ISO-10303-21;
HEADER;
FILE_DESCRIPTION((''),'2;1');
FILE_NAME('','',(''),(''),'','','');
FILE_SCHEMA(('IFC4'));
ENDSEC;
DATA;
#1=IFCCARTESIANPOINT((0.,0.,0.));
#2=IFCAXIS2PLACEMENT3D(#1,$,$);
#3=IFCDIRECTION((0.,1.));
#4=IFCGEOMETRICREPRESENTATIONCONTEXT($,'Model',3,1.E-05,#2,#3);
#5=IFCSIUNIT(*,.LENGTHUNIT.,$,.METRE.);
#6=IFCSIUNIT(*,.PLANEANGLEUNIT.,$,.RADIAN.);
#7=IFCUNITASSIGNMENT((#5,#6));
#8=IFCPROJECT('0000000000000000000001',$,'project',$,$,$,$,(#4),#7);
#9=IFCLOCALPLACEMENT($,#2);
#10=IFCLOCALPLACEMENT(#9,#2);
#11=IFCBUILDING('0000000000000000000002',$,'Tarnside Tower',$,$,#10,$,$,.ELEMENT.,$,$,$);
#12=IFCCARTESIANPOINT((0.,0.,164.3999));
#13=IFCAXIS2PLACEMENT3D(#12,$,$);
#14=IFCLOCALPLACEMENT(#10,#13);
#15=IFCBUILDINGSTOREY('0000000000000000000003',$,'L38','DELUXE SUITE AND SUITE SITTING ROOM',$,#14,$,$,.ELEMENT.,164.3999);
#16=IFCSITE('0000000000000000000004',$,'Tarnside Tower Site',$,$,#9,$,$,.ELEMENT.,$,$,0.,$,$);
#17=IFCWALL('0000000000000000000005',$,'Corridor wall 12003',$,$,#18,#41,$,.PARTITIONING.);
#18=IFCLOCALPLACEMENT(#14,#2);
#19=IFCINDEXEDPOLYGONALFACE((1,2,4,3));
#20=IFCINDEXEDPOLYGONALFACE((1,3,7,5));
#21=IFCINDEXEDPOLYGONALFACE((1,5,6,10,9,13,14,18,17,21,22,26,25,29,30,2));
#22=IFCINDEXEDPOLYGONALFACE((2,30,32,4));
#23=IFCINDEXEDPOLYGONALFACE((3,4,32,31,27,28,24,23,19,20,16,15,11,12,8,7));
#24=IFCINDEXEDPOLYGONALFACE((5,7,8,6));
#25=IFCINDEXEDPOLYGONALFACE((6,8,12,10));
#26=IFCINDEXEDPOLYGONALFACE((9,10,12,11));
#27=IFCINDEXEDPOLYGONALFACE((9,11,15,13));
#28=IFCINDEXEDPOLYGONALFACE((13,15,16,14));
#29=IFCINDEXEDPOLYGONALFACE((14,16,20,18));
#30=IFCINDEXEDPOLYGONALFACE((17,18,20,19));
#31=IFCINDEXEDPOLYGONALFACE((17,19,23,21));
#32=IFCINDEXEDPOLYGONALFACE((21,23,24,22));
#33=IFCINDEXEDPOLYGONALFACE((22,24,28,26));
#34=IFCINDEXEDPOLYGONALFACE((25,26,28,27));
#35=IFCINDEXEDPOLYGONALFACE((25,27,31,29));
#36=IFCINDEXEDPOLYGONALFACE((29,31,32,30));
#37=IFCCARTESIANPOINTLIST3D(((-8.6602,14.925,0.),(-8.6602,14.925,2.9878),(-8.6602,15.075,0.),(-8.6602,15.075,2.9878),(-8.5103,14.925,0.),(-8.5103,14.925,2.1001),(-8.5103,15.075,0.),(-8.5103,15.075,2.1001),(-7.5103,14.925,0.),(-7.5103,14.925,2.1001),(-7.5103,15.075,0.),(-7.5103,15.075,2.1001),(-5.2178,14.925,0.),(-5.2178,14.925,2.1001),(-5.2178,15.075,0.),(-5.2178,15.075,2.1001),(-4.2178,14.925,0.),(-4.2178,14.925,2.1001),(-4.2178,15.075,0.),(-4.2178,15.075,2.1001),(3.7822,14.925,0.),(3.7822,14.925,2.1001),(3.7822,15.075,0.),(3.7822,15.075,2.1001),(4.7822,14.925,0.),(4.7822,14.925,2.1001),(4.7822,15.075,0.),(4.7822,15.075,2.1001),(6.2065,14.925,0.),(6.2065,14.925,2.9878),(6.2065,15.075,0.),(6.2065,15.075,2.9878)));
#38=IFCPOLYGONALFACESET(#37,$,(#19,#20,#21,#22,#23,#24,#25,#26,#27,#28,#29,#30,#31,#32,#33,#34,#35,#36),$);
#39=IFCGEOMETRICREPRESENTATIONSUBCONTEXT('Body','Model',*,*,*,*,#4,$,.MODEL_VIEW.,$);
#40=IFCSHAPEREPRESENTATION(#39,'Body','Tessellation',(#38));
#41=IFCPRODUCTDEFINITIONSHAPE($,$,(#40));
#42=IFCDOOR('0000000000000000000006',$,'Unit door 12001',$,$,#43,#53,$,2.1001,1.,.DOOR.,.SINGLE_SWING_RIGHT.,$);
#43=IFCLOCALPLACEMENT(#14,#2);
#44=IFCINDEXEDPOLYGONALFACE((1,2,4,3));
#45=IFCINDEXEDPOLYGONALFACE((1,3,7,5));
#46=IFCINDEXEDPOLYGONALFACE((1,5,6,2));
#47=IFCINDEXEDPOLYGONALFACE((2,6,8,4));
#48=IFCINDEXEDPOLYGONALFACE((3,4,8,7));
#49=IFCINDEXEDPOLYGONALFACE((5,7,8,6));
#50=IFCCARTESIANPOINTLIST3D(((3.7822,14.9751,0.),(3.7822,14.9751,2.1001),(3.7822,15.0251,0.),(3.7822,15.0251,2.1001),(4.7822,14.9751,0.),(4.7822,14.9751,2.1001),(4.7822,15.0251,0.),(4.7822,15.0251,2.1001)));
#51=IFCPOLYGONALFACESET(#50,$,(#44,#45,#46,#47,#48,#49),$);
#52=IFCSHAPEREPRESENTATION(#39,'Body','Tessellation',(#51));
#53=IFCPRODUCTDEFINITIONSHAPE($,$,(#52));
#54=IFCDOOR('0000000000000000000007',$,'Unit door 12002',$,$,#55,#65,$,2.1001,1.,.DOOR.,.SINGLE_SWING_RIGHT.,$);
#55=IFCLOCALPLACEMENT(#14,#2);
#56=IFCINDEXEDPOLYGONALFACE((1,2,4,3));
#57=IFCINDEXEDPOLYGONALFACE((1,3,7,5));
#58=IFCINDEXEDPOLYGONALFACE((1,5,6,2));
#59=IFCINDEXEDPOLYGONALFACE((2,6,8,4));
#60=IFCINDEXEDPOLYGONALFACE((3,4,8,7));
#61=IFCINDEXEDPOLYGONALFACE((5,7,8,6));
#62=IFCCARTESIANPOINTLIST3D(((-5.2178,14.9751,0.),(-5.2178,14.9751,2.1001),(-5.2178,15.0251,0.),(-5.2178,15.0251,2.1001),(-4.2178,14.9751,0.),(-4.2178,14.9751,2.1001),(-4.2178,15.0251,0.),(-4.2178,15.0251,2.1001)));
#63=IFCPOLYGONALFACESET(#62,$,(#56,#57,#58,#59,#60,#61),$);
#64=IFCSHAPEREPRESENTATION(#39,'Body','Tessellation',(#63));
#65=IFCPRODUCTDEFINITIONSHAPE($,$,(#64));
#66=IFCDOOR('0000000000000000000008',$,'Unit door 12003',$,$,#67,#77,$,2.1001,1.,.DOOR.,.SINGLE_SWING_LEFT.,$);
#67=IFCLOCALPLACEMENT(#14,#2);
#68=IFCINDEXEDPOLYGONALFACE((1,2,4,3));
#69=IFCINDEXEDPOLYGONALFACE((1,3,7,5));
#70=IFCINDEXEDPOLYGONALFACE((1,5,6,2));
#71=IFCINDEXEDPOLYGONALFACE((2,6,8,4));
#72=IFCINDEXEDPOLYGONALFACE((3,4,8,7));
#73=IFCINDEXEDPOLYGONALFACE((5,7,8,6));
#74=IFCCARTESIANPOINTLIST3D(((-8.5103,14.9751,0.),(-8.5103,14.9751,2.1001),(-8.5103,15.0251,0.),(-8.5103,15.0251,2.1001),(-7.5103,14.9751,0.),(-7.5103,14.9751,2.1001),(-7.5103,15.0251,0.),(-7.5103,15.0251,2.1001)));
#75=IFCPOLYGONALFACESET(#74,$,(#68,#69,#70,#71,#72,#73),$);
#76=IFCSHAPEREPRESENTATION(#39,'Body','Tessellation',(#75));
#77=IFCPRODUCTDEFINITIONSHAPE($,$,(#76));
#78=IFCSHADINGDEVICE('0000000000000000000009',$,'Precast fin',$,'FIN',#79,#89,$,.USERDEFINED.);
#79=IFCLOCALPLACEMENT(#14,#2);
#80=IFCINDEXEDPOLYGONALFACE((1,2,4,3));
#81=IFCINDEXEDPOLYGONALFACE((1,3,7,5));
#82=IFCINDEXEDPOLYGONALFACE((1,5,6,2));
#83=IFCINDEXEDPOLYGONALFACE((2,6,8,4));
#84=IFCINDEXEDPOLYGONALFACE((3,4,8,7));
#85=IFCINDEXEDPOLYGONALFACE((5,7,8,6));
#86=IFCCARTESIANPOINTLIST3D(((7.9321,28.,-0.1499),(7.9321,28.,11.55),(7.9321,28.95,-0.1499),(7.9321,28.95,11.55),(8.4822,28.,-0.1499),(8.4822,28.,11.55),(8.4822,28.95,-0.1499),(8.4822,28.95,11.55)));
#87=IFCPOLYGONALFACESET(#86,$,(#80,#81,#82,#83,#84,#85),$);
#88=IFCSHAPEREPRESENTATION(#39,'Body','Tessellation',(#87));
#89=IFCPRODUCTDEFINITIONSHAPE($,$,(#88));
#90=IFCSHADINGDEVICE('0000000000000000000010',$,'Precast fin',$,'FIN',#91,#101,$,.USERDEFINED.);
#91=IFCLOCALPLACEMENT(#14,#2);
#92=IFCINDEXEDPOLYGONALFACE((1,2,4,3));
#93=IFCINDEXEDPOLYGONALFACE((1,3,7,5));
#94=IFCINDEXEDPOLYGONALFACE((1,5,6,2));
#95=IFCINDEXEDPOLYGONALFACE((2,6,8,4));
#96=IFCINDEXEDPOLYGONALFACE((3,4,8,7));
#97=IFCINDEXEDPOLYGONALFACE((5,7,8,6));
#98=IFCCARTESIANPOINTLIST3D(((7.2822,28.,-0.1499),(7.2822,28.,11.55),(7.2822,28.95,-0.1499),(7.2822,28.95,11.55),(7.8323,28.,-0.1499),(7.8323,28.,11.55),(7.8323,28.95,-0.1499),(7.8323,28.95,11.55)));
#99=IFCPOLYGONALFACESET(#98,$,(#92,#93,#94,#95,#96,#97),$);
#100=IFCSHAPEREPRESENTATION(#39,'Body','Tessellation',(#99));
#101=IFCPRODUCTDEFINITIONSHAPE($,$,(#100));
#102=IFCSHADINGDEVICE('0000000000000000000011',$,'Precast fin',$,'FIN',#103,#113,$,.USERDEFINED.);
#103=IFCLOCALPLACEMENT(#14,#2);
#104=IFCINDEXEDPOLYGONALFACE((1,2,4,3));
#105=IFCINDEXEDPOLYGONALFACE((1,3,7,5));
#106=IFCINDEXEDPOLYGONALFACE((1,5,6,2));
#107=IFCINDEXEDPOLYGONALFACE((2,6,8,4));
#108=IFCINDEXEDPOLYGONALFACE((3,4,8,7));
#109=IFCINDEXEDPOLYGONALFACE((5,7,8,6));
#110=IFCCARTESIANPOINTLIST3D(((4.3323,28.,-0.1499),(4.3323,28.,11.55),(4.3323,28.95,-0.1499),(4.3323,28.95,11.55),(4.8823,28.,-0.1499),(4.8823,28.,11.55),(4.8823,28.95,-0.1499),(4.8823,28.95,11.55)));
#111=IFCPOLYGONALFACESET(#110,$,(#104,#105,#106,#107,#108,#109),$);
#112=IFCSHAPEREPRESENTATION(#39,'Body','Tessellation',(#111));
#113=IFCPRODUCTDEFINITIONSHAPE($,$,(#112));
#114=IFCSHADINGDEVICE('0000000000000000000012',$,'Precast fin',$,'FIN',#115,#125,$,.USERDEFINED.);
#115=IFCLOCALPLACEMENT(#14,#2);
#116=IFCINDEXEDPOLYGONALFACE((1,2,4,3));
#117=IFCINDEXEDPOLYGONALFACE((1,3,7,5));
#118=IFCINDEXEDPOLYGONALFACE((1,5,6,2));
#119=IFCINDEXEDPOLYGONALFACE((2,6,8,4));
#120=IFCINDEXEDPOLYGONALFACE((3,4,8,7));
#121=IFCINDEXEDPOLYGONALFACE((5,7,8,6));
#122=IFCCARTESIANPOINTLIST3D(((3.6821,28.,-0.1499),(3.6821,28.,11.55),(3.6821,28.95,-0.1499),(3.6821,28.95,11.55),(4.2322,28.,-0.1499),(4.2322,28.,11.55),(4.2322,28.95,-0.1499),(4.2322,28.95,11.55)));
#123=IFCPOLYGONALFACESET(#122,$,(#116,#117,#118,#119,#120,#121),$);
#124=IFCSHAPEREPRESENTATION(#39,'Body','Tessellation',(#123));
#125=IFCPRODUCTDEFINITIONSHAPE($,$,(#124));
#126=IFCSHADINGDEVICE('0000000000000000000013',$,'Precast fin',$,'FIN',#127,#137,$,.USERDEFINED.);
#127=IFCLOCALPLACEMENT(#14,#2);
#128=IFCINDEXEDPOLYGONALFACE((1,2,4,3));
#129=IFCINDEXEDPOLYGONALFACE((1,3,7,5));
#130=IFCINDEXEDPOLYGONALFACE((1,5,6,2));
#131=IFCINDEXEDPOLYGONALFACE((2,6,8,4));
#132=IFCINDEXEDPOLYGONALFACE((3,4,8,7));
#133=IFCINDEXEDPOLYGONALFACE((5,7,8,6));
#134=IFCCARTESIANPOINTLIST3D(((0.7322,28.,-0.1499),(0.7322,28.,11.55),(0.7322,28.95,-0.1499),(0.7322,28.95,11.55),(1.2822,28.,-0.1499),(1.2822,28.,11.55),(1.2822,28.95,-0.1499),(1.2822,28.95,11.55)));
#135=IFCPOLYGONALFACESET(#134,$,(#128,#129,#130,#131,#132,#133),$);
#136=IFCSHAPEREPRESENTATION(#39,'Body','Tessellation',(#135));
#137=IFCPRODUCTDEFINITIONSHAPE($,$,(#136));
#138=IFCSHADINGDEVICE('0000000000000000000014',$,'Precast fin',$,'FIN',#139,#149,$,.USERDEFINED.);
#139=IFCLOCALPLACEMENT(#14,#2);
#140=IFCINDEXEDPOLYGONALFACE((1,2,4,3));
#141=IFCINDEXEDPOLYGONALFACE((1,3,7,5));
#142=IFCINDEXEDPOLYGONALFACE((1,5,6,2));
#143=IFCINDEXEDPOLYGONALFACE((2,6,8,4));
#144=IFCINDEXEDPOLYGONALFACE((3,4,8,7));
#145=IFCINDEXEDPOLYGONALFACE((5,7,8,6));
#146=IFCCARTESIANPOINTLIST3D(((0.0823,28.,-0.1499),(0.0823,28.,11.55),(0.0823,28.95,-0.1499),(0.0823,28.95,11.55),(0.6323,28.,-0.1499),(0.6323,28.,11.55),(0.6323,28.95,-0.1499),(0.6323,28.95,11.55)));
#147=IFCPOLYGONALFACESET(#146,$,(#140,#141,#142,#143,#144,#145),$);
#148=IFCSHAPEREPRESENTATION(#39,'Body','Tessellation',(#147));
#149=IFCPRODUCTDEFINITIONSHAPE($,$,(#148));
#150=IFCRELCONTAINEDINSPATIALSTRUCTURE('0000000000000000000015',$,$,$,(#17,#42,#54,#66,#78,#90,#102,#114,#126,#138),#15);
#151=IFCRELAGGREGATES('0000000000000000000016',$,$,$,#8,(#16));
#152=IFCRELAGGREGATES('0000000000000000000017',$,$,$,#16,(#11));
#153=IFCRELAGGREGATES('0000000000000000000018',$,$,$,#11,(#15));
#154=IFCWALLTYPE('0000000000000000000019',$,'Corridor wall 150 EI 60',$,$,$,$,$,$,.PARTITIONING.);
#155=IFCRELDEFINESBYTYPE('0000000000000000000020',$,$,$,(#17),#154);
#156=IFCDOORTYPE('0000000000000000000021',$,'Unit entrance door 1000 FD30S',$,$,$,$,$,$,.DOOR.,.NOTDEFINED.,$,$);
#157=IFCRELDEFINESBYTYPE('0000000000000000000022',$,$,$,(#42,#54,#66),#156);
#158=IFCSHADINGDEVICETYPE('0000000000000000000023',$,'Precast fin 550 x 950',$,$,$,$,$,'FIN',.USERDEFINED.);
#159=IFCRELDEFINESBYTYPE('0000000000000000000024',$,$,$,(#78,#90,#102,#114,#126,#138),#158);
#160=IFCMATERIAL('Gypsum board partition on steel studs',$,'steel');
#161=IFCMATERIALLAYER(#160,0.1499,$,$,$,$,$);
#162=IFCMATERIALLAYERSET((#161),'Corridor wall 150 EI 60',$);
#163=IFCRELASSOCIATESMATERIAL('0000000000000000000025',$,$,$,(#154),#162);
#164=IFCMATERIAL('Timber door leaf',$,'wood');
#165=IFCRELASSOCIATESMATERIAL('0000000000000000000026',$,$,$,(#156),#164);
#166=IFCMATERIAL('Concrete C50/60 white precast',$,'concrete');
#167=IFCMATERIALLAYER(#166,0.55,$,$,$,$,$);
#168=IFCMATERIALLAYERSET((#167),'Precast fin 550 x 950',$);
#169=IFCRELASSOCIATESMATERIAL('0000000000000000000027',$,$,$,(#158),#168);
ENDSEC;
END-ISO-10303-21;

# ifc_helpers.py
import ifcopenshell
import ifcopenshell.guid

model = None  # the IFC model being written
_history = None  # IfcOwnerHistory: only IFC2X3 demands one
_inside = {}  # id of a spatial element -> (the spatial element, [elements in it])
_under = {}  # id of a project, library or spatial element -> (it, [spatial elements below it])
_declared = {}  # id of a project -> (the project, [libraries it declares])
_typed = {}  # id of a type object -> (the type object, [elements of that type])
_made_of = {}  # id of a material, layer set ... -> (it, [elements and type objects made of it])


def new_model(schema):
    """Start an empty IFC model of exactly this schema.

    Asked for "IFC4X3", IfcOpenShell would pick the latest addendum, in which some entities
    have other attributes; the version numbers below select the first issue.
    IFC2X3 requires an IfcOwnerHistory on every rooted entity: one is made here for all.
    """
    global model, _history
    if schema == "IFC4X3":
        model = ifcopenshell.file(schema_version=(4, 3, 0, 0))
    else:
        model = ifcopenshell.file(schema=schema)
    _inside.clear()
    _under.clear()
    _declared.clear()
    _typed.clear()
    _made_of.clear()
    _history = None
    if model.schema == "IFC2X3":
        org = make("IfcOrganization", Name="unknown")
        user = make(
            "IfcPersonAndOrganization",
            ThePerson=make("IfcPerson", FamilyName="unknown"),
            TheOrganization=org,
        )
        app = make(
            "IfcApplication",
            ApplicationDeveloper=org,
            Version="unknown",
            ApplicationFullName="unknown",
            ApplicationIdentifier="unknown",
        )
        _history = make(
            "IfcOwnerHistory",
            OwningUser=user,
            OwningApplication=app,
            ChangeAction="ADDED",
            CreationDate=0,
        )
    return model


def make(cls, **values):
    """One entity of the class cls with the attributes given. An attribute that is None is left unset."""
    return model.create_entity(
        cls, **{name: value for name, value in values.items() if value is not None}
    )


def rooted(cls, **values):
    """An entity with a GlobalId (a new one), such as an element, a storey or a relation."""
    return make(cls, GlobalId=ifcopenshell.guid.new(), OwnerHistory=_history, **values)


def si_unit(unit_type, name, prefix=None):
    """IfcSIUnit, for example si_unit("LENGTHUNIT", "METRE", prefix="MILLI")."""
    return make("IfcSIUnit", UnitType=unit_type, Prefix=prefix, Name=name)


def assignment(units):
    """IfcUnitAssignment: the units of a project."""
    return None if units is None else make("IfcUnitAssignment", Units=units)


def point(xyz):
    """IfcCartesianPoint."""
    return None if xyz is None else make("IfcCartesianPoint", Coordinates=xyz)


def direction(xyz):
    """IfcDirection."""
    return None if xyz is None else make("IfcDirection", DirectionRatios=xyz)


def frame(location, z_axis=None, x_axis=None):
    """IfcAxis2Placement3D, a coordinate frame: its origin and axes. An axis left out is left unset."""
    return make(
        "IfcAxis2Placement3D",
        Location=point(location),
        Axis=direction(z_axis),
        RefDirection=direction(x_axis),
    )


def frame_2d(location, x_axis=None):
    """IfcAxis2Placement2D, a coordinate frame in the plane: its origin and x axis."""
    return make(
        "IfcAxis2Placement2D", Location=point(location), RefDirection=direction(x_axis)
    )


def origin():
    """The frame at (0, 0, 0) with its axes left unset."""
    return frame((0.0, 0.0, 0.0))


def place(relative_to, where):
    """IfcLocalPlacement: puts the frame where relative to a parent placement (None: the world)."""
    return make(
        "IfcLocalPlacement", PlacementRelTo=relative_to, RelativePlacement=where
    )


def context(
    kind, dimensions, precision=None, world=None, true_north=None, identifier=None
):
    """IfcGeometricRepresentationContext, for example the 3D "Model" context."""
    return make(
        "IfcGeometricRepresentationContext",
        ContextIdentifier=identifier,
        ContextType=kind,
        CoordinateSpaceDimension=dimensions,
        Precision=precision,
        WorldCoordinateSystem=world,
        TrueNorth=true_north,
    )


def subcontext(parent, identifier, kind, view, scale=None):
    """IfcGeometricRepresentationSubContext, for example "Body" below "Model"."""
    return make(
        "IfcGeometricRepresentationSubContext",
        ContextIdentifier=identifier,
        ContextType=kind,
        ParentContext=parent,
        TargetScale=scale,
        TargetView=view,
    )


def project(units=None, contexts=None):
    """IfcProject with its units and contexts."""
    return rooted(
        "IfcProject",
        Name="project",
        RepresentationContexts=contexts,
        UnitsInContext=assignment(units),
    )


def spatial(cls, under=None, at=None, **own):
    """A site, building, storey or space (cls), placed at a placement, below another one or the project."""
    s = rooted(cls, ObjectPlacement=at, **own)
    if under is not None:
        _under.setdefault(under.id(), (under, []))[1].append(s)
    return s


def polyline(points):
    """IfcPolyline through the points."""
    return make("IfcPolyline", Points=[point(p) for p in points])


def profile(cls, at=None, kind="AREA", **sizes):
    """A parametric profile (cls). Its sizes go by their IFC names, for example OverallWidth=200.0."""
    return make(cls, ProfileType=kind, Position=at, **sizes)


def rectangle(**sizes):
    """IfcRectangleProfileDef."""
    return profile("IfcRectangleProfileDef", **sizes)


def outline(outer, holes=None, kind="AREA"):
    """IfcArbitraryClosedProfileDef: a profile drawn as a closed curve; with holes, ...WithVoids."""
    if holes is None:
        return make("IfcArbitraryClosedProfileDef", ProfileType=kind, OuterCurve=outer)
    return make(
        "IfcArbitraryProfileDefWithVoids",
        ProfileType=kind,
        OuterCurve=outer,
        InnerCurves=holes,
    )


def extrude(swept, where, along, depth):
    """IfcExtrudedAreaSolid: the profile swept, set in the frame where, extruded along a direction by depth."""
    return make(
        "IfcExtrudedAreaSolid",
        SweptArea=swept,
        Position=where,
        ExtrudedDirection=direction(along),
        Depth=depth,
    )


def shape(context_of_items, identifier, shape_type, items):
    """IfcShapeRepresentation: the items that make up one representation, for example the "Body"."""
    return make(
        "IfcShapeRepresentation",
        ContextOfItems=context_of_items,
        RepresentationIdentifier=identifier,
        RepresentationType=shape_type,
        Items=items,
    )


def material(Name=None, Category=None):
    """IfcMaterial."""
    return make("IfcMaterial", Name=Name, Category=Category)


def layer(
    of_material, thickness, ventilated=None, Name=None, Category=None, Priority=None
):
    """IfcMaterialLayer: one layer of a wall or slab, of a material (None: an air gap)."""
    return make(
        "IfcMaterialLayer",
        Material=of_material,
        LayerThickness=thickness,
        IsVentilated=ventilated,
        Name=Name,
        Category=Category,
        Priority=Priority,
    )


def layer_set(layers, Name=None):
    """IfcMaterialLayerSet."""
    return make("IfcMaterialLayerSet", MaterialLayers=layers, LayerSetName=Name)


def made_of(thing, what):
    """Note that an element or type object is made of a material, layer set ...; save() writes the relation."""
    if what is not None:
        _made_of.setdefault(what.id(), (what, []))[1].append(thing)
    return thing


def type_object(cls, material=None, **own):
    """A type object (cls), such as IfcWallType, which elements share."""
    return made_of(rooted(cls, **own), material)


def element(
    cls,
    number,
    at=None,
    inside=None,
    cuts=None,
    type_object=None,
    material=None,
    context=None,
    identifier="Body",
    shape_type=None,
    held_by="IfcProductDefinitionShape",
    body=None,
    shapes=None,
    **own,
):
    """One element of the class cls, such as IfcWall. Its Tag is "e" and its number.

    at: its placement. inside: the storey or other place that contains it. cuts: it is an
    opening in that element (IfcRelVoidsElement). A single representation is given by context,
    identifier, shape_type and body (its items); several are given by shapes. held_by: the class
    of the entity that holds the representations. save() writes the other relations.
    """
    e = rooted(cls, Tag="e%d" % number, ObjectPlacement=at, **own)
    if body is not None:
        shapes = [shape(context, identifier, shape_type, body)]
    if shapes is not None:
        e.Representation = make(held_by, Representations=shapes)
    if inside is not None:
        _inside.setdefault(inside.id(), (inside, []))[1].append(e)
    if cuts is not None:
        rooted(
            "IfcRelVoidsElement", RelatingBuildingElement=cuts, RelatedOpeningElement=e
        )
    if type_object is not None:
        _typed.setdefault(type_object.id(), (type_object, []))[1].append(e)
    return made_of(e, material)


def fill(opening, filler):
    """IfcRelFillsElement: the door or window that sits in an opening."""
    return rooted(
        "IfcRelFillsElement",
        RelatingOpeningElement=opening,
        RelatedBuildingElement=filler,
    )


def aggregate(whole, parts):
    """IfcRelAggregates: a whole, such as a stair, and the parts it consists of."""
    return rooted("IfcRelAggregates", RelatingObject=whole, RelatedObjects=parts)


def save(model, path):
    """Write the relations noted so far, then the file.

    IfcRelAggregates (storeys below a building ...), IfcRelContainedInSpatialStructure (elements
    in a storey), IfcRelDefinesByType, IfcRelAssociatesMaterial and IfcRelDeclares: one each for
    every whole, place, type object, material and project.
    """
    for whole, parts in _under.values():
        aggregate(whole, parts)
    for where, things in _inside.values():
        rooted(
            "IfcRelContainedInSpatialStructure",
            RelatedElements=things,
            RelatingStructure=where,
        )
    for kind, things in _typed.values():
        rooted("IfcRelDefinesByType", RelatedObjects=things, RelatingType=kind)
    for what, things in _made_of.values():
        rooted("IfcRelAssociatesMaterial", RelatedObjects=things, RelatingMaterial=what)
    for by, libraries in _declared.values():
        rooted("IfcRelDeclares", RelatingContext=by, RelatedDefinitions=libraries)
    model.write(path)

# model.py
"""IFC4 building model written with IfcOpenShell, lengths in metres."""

from ifc_helpers import new_model, si_unit, direction, frame, frame_2d, origin, place, context, subcontext, project, spatial, polyline, rectangle, outline, extrude, material, layer, layer_set, type_object, element, fill, save


model = new_model("IFC4")

# Units and contexts
model_context = context("Model", 3, precision=1e-05, world=origin(), true_north=direction((0.0, 1.0)))
body_context = subcontext(model_context, "Body", "Model", "MODEL_VIEW")
ifc_project = project(units=[si_unit("LENGTHUNIT", "METRE"), si_unit("PLANEANGLEUNIT", "RADIAN")], contexts=[model_context])

# Site, building, storey
site_placement = place(None, origin())
site = spatial("IfcSite", under=ifc_project, at=site_placement, Name="Tarnside Tower Site", CompositionType="ELEMENT", RefElevation=0.0)
building_placement = place(site_placement, origin())
building = spatial("IfcBuilding", under=site, at=building_placement, Name="Tarnside Tower", CompositionType="ELEMENT")
storey_placement = place(building_placement, frame((0.0, 0.0, 164.3999)))
storey = spatial("IfcBuildingStorey", under=building, at=storey_placement, Name="L38", Description="DELUXE SUITE AND SUITE SITTING ROOM", CompositionType="ELEMENT", Elevation=164.3999)

# Shared definitions
ifc_material_1 = material(Name="Gypsum board partition on steel studs", Category="steel")
ifc_layer_1 = layer(ifc_material_1, 0.1499)
ifc_layer_set_1 = layer_set([ifc_layer_1], Name="Corridor wall 150 EI 60")
wall_type = type_object("IfcWallType", Name="Corridor wall 150 EI 60", PredefinedType="PARTITIONING", material=ifc_layer_set_1)

# Wall, openings, doors
wall_1_placement = place(storey_placement, frame((6.2065, 15.0, 0.0), z_axis=(0.0, 0.0, 1.0), x_axis=(-1.0, 0.0, 0.0)))
wall_1 = element("IfcWall", 1, at=wall_1_placement, inside=storey, type_object=wall_type, Name="Corridor wall 12003", PredefinedType="PARTITIONING", context=body_context, shape_type="SweptSolid", body=[
    extrude(rectangle(XDim=14.8667, YDim=0.1499, at=frame_2d((7.4333, 0.0))), origin(), (0.0, 0.0, 1.0), 2.9878),
])
opening_1_placement = place(wall_1_placement, frame((1.4243, 0.0, 0.0)))
opening_1 = element("IfcOpeningElement", 2, at=opening_1_placement, cuts=wall_1, PredefinedType="OPENING", context=body_context, shape_type="SweptSolid", body=[
    extrude(rectangle(XDim=1.0, YDim=2.1001, at=frame_2d((0.5, 1.05))), frame((0.0, 0.085, 0.0), z_axis=(0.0, -1.0, 0.0), x_axis=(1.0, 0.0, 0.0)), (0.0, 0.0, 1.0), 0.1699),
])
opening_2_placement = place(wall_1_placement, frame((10.4243, 0.0, 0.0)))
opening_2 = element("IfcOpeningElement", 3, at=opening_2_placement, cuts=wall_1, PredefinedType="OPENING", context=body_context, shape_type="SweptSolid", body=[
    extrude(rectangle(XDim=1.0, YDim=2.1001, at=frame_2d((0.5, 1.05))), frame((0.0, 0.085, 0.0), z_axis=(0.0, -1.0, 0.0), x_axis=(1.0, 0.0, 0.0)), (0.0, 0.0, 1.0), 0.1699),
])
opening_3_placement = place(wall_1_placement, frame((13.7168, 0.0, 0.0)))
opening_3 = element("IfcOpeningElement", 4, at=opening_3_placement, cuts=wall_1, PredefinedType="OPENING", context=body_context, shape_type="SweptSolid", body=[
    extrude(rectangle(XDim=1.0, YDim=2.1001, at=frame_2d((0.5, 1.05))), frame((0.0, 0.085, 0.0), z_axis=(0.0, -1.0, 0.0), x_axis=(1.0, 0.0, 0.0)), (0.0, 0.0, 1.0), 0.1699),
])
ifc_material_2 = material(Name="Timber door leaf", Category="wood")
door_type = type_object("IfcDoorType", Name="Unit entrance door 1000 FD30S", OperationType="NOTDEFINED", PredefinedType="DOOR", material=ifc_material_2)
door_1_placement = place(opening_1_placement, origin())
door_1 = element("IfcDoor", 5, at=door_1_placement, inside=storey, type_object=door_type, Name="Unit door 12001", OperationType="SINGLE_SWING_RIGHT", OverallHeight=2.1001, OverallWidth=1.0, PredefinedType="DOOR", context=body_context, shape_type="SweptSolid", body=[
    extrude(rectangle(XDim=1.0, YDim=2.1001, at=frame_2d((0.5, 1.05))), frame((0.0, 0.0249, 0.0), z_axis=(0.0, -1.0, 0.0), x_axis=(1.0, 0.0, 0.0)), (0.0, 0.0, 1.0), 0.05),
])
fill(opening_1, door_1)
door_2_placement = place(opening_2_placement, origin())
door_2 = element("IfcDoor", 6, at=door_2_placement, inside=storey, type_object=door_type, Name="Unit door 12002", OperationType="SINGLE_SWING_RIGHT", OverallHeight=2.1001, OverallWidth=1.0, PredefinedType="DOOR", context=body_context, shape_type="SweptSolid", body=[
    extrude(rectangle(XDim=1.0, YDim=2.1001, at=frame_2d((0.5, 1.05))), frame((0.0, 0.0249, 0.0), z_axis=(0.0, -1.0, 0.0), x_axis=(1.0, 0.0, 0.0)), (0.0, 0.0, 1.0), 0.05),
])
fill(opening_2, door_2)
door_3_placement = place(opening_3_placement, origin())
door_3 = element("IfcDoor", 7, at=door_3_placement, inside=storey, type_object=door_type, Name="Unit door 12003", OperationType="SINGLE_SWING_LEFT", OverallHeight=2.1001, OverallWidth=1.0, PredefinedType="DOOR", context=body_context, shape_type="SweptSolid", body=[
    extrude(rectangle(XDim=1.0, YDim=2.1001, at=frame_2d((0.5, 1.05))), frame((0.0, 0.0249, 0.0), z_axis=(0.0, -1.0, 0.0), x_axis=(1.0, 0.0, 0.0)), (0.0, 0.0, 1.0), 0.05),
])
fill(opening_3, door_3)

# Shading devices
ifc_material_3 = material(Name="Concrete C50/60 white precast", Category="concrete")
ifc_layer_2 = layer(ifc_material_3, 0.55)
ifc_layer_set_2 = layer_set([ifc_layer_2], Name="Precast fin 550 x 950")
shading_device_type = type_object("IfcShadingDeviceType", Name="Precast fin 550 x 950", ElementType="FIN", PredefinedType="USERDEFINED", material=ifc_layer_set_2)
for number, where, z_axis, x_axis, name in (
    (8, (8.207, 28.0, -0.1499), (1.0, 0.0, 0.0), (0.0, 1.0, 0.0), "Precast fin"),
    (9, (7.5571, 28.0, -0.1499), (1.0, 0.0, 0.0), (0.0, 1.0, 0.0), "Precast fin"),
    (10, (4.6072, 28.0, -0.1499), (1.0, 0.0, 0.0), (0.0, 1.0, 0.0), "Precast fin"),
    (11, (3.957, 28.0, -0.1499), (1.0, 0.0, 0.0), (0.0, 1.0, 0.0), "Precast fin"),
    (12, (1.0071, 28.0, -0.1499), (1.0, 0.0, 0.0), (0.0, 1.0, 0.0), "Precast fin"),
    (13, (0.3572, 28.0, -0.1499), (1.0, 0.0, 0.0), (0.0, 1.0, 0.0), "Precast fin"),
):
    element("IfcShadingDevice", number, at=place(storey_placement, frame(where, z_axis=z_axis, x_axis=x_axis)), inside=storey, type_object=shading_device_type, Name=name, ObjectType="FIN", PredefinedType="USERDEFINED", context=body_context, shape_type="SweptSolid", body=[
        extrude(outline(polyline([(0.0, 0.0), (0.95, 0.0), (0.95, 11.7), (0.0, 11.7), (0.0, 0.0)])), frame((0.0, 0.0, -0.2749)), (0.0, 0.0, 1.0), 0.55),
    ])

save(model, "model.ifc")
